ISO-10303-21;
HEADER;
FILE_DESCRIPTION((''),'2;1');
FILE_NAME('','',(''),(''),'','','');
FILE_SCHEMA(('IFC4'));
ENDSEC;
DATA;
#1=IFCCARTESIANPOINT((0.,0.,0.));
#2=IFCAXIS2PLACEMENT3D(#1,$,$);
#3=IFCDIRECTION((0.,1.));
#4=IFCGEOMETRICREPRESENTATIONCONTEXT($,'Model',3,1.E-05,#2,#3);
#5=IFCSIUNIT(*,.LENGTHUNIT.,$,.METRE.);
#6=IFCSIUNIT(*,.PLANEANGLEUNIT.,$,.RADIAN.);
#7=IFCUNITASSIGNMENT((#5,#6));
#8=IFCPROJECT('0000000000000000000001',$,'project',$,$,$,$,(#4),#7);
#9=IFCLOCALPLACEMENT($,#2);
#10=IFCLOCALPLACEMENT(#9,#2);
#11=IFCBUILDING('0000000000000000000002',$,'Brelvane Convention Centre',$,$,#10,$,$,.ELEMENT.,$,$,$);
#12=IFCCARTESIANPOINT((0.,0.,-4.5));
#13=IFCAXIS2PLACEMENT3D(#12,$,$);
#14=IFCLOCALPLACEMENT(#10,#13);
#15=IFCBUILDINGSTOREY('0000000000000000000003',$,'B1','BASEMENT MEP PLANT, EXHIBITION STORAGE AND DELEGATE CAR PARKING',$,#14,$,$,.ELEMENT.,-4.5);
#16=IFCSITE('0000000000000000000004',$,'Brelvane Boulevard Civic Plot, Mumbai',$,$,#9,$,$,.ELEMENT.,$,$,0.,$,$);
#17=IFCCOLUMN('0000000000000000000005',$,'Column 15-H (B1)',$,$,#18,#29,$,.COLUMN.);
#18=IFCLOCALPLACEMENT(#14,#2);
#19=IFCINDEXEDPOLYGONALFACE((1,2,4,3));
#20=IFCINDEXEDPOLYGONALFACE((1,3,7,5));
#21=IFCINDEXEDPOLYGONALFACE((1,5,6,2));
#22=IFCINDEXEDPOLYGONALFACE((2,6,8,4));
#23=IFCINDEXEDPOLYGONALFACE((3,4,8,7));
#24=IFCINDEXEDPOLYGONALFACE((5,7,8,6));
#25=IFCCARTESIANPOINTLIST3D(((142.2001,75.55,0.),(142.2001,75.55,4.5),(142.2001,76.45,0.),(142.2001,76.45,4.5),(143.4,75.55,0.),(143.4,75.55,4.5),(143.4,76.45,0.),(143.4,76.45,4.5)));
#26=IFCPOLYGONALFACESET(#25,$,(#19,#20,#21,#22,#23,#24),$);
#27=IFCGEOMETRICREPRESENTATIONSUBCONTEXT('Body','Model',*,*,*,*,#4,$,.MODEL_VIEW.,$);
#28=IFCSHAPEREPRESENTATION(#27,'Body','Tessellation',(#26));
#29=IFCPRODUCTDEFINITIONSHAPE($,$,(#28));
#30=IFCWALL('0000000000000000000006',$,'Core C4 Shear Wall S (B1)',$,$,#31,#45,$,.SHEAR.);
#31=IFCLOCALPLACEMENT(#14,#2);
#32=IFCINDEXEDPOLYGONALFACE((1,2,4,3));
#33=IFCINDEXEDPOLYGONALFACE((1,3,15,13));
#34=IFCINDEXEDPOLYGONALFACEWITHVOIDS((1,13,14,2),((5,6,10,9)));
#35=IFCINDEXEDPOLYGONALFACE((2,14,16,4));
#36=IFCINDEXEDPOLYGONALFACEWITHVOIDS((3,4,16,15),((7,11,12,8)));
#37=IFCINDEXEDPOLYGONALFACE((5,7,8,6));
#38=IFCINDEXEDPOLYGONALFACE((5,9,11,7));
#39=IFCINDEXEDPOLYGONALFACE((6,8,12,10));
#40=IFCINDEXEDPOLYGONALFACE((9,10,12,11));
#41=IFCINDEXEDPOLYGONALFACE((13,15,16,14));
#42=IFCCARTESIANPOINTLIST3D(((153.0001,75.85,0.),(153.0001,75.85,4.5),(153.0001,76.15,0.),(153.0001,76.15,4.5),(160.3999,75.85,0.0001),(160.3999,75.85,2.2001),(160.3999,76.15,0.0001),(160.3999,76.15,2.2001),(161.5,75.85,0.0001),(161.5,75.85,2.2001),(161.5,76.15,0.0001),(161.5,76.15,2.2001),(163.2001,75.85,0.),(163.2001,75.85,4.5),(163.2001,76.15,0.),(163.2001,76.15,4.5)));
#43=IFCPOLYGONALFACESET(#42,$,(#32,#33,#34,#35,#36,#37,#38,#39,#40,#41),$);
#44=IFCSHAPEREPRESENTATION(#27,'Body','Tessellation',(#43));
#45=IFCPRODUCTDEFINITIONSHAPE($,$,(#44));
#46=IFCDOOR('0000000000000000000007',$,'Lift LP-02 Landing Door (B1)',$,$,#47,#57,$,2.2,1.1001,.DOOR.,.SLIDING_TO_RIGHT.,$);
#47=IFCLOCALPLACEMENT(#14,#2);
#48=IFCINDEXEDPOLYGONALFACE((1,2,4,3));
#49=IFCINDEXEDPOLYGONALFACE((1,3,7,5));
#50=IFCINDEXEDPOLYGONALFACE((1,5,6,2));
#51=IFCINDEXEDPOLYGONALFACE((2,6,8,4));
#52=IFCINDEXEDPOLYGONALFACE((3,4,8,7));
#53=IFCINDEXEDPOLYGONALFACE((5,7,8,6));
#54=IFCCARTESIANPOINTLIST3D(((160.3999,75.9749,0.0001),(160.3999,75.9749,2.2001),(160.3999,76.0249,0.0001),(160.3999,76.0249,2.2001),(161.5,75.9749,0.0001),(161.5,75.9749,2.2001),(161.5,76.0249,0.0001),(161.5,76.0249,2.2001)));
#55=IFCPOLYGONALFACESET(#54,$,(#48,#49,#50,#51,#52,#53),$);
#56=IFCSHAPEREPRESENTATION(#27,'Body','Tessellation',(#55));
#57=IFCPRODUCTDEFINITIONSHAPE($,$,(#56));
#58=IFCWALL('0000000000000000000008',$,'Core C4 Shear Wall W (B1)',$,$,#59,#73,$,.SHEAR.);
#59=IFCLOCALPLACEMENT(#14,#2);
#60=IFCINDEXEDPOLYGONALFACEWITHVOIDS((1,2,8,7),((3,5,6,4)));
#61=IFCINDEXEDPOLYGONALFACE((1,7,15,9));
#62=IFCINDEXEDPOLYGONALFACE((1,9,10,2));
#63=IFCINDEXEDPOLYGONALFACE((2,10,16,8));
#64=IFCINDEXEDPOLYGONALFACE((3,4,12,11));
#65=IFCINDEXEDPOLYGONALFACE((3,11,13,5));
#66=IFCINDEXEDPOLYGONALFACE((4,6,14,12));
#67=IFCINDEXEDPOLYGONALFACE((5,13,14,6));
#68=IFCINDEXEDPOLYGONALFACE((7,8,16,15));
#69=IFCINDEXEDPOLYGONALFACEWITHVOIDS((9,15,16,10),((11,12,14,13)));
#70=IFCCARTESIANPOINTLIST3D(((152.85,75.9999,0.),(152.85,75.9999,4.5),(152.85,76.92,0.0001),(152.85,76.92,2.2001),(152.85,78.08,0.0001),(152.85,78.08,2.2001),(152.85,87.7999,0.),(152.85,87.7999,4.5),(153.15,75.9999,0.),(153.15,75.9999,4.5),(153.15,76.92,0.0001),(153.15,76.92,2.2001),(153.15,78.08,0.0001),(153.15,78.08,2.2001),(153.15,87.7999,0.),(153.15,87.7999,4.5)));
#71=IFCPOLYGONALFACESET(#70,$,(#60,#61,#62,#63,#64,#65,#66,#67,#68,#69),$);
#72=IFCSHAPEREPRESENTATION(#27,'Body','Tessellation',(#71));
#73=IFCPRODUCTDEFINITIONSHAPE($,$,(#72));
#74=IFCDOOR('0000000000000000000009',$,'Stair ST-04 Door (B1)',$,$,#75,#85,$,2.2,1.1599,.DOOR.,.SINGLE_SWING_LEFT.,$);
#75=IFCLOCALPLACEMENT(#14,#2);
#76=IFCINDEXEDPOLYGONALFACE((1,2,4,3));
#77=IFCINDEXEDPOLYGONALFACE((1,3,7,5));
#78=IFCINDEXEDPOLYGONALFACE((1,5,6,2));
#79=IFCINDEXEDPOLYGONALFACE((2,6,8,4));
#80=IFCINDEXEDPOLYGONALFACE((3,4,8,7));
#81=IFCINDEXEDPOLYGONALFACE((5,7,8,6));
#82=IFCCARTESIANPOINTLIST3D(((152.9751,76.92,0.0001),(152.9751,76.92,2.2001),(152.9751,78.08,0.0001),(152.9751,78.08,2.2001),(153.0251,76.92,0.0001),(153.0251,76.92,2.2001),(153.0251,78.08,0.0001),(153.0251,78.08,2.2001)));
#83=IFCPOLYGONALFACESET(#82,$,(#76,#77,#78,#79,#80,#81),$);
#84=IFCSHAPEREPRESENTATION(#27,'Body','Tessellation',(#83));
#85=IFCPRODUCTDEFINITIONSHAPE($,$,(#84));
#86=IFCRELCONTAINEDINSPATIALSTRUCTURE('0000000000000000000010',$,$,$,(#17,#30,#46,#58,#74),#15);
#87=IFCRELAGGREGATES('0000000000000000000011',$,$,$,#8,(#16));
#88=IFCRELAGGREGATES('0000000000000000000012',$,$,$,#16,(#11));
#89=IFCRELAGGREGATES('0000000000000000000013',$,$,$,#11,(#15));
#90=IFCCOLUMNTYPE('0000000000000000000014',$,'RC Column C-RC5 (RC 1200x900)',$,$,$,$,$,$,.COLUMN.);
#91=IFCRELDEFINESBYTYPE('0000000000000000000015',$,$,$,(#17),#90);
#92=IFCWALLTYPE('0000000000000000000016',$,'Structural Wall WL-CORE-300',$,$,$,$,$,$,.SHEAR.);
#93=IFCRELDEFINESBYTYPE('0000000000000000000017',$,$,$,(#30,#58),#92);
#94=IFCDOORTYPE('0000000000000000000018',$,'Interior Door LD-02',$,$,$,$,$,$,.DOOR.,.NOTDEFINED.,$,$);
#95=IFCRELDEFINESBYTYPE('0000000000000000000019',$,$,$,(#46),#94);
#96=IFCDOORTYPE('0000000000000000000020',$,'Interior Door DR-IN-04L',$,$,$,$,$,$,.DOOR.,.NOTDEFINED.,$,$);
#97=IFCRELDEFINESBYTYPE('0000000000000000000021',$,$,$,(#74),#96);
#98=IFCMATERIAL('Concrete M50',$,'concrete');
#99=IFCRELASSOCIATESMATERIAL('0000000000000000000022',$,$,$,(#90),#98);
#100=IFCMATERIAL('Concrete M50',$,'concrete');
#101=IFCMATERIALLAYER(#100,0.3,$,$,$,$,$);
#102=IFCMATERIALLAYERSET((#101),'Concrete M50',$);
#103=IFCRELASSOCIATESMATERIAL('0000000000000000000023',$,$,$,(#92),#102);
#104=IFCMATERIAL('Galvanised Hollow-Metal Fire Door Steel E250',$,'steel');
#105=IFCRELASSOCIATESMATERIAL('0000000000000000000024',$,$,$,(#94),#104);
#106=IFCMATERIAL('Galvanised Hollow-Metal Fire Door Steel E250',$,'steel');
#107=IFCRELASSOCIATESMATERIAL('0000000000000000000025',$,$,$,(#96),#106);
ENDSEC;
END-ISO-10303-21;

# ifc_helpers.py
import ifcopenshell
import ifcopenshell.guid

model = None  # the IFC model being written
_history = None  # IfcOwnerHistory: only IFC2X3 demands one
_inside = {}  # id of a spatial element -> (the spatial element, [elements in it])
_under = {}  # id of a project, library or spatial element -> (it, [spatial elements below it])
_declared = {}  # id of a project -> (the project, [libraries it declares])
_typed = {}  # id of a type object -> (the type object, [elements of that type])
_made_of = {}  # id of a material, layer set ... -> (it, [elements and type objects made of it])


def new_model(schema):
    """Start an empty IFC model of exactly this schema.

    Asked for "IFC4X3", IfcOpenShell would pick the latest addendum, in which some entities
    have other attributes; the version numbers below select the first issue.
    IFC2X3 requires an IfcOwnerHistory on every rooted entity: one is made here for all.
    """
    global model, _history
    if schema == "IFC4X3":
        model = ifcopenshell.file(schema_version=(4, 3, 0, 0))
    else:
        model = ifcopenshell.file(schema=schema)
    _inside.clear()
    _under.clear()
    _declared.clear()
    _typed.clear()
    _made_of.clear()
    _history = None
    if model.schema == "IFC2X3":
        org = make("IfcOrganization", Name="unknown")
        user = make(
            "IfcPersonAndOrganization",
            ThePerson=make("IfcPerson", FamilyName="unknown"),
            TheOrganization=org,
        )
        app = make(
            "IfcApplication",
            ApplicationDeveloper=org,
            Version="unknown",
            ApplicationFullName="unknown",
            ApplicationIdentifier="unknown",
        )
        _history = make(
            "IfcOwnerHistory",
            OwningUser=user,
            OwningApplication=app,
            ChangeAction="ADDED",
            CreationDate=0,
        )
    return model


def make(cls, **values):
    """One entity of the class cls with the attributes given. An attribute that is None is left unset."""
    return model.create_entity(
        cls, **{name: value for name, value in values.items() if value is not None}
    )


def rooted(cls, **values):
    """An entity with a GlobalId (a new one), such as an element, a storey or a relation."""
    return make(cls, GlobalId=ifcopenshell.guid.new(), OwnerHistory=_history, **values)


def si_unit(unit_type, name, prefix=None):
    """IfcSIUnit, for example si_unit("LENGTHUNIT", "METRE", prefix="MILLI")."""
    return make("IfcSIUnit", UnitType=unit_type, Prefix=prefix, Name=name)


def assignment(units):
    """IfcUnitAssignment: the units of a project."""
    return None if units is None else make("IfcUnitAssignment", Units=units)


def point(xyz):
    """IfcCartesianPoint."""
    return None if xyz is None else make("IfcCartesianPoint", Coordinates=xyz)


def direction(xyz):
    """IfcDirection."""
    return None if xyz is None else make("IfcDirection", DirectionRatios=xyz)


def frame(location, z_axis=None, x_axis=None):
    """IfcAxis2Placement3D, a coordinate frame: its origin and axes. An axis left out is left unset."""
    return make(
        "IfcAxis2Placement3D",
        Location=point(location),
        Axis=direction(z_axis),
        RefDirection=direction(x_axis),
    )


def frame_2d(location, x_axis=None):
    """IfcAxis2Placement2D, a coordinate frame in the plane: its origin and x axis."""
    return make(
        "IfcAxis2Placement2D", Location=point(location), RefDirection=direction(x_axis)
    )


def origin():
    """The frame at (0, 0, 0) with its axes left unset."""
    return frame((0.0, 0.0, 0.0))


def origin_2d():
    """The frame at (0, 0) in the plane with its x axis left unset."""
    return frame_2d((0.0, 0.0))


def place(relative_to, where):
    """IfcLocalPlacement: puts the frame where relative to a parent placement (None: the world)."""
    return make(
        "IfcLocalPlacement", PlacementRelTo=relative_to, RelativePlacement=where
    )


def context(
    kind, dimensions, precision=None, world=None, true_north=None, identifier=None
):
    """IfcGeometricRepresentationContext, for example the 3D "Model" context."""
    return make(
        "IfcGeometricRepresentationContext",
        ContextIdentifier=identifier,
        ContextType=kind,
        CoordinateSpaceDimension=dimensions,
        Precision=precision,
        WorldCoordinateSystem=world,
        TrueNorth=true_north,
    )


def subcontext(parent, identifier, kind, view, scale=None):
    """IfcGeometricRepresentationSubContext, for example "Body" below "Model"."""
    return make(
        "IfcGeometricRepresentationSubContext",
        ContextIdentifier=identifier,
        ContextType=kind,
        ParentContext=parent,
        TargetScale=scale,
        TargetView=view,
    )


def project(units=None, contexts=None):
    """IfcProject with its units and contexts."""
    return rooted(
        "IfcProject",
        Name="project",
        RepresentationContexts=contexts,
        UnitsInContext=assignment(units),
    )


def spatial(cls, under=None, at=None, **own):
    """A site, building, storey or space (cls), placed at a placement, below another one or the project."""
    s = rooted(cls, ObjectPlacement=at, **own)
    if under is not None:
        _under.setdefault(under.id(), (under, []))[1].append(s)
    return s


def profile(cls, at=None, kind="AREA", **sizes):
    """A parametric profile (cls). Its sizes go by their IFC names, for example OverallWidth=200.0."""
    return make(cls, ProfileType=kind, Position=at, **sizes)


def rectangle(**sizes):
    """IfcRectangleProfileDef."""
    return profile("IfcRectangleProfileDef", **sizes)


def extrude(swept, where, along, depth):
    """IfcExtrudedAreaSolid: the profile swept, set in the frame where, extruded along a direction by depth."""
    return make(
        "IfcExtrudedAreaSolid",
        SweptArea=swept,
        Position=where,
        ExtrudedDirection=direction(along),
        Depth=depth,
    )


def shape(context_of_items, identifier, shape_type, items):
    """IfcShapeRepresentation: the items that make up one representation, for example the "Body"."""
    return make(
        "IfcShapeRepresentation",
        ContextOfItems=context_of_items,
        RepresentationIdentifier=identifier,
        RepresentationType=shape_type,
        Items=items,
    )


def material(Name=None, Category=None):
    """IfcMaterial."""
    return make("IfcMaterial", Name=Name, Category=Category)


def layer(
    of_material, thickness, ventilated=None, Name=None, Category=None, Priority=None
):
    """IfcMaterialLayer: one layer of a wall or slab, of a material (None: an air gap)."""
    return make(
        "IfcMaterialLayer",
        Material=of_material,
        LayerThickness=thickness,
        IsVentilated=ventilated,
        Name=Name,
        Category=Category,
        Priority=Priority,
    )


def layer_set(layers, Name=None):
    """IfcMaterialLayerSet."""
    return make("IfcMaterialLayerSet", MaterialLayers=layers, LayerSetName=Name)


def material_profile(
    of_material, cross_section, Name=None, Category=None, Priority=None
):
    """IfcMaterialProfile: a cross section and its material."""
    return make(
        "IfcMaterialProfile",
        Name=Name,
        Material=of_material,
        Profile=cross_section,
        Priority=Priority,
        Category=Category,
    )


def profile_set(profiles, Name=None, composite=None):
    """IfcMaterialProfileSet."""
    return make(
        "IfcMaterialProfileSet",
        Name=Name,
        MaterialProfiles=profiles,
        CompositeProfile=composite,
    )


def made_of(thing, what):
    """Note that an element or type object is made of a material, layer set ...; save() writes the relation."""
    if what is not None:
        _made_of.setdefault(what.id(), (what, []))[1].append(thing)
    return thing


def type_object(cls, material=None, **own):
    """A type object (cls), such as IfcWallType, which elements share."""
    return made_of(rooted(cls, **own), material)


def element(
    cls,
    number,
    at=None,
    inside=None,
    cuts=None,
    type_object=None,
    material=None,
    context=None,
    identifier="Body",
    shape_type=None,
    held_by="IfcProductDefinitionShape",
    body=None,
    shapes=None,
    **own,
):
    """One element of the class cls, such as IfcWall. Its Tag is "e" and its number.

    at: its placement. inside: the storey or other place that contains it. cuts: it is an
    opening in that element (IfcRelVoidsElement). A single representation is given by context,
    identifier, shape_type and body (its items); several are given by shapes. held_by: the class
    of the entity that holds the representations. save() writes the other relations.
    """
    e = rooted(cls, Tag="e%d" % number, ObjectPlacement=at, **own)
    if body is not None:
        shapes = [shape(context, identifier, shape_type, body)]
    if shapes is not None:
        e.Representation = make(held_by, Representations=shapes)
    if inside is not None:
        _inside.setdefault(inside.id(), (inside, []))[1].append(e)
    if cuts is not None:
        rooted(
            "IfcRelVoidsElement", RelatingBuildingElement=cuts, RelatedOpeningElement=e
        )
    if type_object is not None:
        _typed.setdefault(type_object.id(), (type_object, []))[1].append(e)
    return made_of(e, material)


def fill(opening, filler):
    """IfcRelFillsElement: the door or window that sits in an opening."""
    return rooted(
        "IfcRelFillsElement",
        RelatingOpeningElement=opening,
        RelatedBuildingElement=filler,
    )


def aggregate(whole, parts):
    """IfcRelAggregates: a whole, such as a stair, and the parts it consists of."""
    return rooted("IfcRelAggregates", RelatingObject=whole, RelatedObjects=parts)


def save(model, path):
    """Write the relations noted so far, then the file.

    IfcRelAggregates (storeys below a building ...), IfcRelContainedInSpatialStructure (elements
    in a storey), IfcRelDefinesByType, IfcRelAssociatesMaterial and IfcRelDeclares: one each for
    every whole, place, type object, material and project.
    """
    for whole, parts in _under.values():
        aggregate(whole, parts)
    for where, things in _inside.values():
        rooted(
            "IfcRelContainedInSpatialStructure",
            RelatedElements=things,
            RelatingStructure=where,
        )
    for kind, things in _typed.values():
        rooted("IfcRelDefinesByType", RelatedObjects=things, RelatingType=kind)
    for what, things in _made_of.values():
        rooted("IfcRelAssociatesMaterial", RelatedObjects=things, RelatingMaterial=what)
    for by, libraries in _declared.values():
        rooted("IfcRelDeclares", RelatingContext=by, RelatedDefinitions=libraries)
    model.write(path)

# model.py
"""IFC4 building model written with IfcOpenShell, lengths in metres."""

from ifc_helpers import new_model, si_unit, direction, frame, frame_2d, origin, origin_2d, place, context, subcontext, project, spatial, rectangle, extrude, material, layer, layer_set, material_profile, profile_set, type_object, element, fill, save


model = new_model("IFC4")

# Units and contexts
model_context = context("Model", 3, precision=1e-05, world=origin(), true_north=direction((0.0, 1.0)))
body_context = subcontext(model_context, "Body", "Model", "MODEL_VIEW")
ifc_project = project(units=[si_unit("LENGTHUNIT", "METRE"), si_unit("PLANEANGLEUNIT", "RADIAN")], contexts=[model_context])

# Site, building, storey
site_placement = place(None, origin())
site = spatial("IfcSite", under=ifc_project, at=site_placement, Name="Brelvane Boulevard Civic Plot, Mumbai", CompositionType="ELEMENT", RefElevation=0.0)
building_placement = place(site_placement, origin())
building = spatial("IfcBuilding", under=site, at=building_placement, Name="Brelvane Convention Centre", CompositionType="ELEMENT")
storey_placement = place(building_placement, frame((0.0, 0.0, -4.5)))
storey = spatial("IfcBuildingStorey", under=building, at=storey_placement, Name="B1", Description="BASEMENT MEP PLANT, EXHIBITION STORAGE AND DELEGATE CAR PARKING", CompositionType="ELEMENT", Elevation=-4.5)

# Column
ifc_material_1 = material(Name="Concrete M50", Category="concrete")
ifc_material_profile_1 = material_profile(ifc_material_1, rectangle(XDim=1.2, YDim=0.8999, at=origin_2d()), Name="RC 1200x900")
ifc_profile_set_1 = profile_set([ifc_material_profile_1], Name="Concrete M50")
column_type_1 = type_object("IfcColumnType", Name="RC Column C-RC5 (RC 1200x900)", PredefinedType="COLUMN", material=ifc_profile_set_1)
column_placement = place(storey_placement, frame((142.8, 76.0, 0.0), z_axis=(0.0, 0.0, 1.0), x_axis=(1.0, 0.0, 0.0)))
element("IfcColumn", 1, at=column_placement, inside=storey, type_object=column_type_1, Name="Column 15-H (B1)", PredefinedType="COLUMN", context=body_context, shape_type="SweptSolid", body=[
    extrude(rectangle(XDim=1.2, YDim=0.8999, at=origin_2d()), origin(), (0.0, 0.0, 1.0), 4.5),
])

# Walls, openings, doors
ifc_material_2 = material(Name="Concrete M50", Category="concrete")
ifc_layer = layer(ifc_material_2, 0.3)
ifc_layer_set = layer_set([ifc_layer], Name="Concrete M50")
wall_type = type_object("IfcWallType", Name="Structural Wall WL-CORE-300", PredefinedType="SHEAR", material=ifc_layer_set)
wall_1_placement = place(storey_placement, frame((153.0, 76.0, 0.0), z_axis=(0.0, 0.0, 1.0), x_axis=(1.0, 0.0, 0.0)))
wall_1 = element("IfcWall", 2, at=wall_1_placement, inside=storey, type_object=wall_type, Name="Core C4 Shear Wall S (B1)", PredefinedType="SHEAR", context=body_context, shape_type="SweptSolid", body=[
    extrude(rectangle(XDim=10.2, YDim=0.3, at=frame_2d((5.1001, 0.0))), origin(), (0.0, 0.0, 1.0), 4.5),
])
opening_1_placement = place(wall_1_placement, frame((7.3999, 0.0, 0.0)))
opening_1 = element("IfcOpeningElement", 3, at=opening_1_placement, cuts=wall_1, PredefinedType="OPENING", context=body_context, shape_type="SweptSolid", body=[
    extrude(rectangle(XDim=1.1001, YDim=2.2, at=frame_2d((0.55, 1.1001))), frame((0.0, 0.1599, 0.0), z_axis=(0.0, -1.0, 0.0), x_axis=(1.0, 0.0, 0.0)), (0.0, 0.0, 1.0), 0.3201),
])
ifc_material_3 = material(Name="Galvanised Hollow-Metal Fire Door Steel E250", Category="steel")
door_type_1 = type_object("IfcDoorType", Name="Interior Door LD-02", OperationType="NOTDEFINED", PredefinedType="DOOR", material=ifc_material_3)
door_1_placement = place(opening_1_placement, origin())
door_1 = element("IfcDoor", 4, at=door_1_placement, inside=storey, type_object=door_type_1, Name="Lift LP-02 Landing Door (B1)", OperationType="SLIDING_TO_RIGHT", OverallHeight=2.2, OverallWidth=1.1001, PredefinedType="DOOR", context=body_context, shape_type="SweptSolid", body=[
    extrude(rectangle(XDim=1.1001, YDim=2.2, at=frame_2d((0.55, 1.1001))), frame((0.0, 0.0249, 0.0), z_axis=(0.0, -1.0, 0.0), x_axis=(1.0, 0.0, 0.0)), (0.0, 0.0, 1.0), 0.05),
])
fill(opening_1, door_1)
wall_2_placement = place(storey_placement, frame((153.0, 76.0, 0.0), z_axis=(0.0, 0.0, 1.0), x_axis=(0.0, 1.0, 0.0)))
wall_2 = element("IfcWall", 5, at=wall_2_placement, inside=storey, type_object=wall_type, Name="Core C4 Shear Wall W (B1)", PredefinedType="SHEAR", context=body_context, shape_type="SweptSolid", body=[
    extrude(rectangle(XDim=11.8, YDim=0.3, at=frame_2d((5.8999, 0.0))), origin(), (0.0, 0.0, 1.0), 4.5),
])
opening_2_placement = place(wall_2_placement, frame((0.9199, 0.0, 0.0)))
opening_2 = element("IfcOpeningElement", 6, at=opening_2_placement, cuts=wall_2, PredefinedType="OPENING", context=body_context, shape_type="SweptSolid", body=[
    extrude(rectangle(XDim=1.1599, YDim=2.2, at=frame_2d((0.5801, 1.1001))), frame((0.0, 0.1599, 0.0), z_axis=(0.0, -1.0, 0.0), x_axis=(1.0, 0.0, 0.0)), (0.0, 0.0, 1.0), 0.3201),
])
ifc_material_4 = material(Name="Galvanised Hollow-Metal Fire Door Steel E250", Category="steel")
door_type_2 = type_object("IfcDoorType", Name="Interior Door DR-IN-04L", OperationType="NOTDEFINED", PredefinedType="DOOR", material=ifc_material_4)
door_2_placement = place(opening_2_placement, origin())
door_2 = element("IfcDoor", 7, at=door_2_placement, inside=storey, type_object=door_type_2, Name="Stair ST-04 Door (B1)", OperationType="SINGLE_SWING_LEFT", OverallHeight=2.2, OverallWidth=1.1599, PredefinedType="DOOR", context=body_context, shape_type="SweptSolid", body=[
    extrude(rectangle(XDim=1.1599, YDim=2.2, at=frame_2d((0.5801, 1.1001))), frame((0.0, 0.0249, 0.0), z_axis=(0.0, -1.0, 0.0), x_axis=(1.0, 0.0, 0.0)), (0.0, 0.0, 1.0), 0.05),
])
fill(opening_2, door_2)

save(model, "model.ifc")
